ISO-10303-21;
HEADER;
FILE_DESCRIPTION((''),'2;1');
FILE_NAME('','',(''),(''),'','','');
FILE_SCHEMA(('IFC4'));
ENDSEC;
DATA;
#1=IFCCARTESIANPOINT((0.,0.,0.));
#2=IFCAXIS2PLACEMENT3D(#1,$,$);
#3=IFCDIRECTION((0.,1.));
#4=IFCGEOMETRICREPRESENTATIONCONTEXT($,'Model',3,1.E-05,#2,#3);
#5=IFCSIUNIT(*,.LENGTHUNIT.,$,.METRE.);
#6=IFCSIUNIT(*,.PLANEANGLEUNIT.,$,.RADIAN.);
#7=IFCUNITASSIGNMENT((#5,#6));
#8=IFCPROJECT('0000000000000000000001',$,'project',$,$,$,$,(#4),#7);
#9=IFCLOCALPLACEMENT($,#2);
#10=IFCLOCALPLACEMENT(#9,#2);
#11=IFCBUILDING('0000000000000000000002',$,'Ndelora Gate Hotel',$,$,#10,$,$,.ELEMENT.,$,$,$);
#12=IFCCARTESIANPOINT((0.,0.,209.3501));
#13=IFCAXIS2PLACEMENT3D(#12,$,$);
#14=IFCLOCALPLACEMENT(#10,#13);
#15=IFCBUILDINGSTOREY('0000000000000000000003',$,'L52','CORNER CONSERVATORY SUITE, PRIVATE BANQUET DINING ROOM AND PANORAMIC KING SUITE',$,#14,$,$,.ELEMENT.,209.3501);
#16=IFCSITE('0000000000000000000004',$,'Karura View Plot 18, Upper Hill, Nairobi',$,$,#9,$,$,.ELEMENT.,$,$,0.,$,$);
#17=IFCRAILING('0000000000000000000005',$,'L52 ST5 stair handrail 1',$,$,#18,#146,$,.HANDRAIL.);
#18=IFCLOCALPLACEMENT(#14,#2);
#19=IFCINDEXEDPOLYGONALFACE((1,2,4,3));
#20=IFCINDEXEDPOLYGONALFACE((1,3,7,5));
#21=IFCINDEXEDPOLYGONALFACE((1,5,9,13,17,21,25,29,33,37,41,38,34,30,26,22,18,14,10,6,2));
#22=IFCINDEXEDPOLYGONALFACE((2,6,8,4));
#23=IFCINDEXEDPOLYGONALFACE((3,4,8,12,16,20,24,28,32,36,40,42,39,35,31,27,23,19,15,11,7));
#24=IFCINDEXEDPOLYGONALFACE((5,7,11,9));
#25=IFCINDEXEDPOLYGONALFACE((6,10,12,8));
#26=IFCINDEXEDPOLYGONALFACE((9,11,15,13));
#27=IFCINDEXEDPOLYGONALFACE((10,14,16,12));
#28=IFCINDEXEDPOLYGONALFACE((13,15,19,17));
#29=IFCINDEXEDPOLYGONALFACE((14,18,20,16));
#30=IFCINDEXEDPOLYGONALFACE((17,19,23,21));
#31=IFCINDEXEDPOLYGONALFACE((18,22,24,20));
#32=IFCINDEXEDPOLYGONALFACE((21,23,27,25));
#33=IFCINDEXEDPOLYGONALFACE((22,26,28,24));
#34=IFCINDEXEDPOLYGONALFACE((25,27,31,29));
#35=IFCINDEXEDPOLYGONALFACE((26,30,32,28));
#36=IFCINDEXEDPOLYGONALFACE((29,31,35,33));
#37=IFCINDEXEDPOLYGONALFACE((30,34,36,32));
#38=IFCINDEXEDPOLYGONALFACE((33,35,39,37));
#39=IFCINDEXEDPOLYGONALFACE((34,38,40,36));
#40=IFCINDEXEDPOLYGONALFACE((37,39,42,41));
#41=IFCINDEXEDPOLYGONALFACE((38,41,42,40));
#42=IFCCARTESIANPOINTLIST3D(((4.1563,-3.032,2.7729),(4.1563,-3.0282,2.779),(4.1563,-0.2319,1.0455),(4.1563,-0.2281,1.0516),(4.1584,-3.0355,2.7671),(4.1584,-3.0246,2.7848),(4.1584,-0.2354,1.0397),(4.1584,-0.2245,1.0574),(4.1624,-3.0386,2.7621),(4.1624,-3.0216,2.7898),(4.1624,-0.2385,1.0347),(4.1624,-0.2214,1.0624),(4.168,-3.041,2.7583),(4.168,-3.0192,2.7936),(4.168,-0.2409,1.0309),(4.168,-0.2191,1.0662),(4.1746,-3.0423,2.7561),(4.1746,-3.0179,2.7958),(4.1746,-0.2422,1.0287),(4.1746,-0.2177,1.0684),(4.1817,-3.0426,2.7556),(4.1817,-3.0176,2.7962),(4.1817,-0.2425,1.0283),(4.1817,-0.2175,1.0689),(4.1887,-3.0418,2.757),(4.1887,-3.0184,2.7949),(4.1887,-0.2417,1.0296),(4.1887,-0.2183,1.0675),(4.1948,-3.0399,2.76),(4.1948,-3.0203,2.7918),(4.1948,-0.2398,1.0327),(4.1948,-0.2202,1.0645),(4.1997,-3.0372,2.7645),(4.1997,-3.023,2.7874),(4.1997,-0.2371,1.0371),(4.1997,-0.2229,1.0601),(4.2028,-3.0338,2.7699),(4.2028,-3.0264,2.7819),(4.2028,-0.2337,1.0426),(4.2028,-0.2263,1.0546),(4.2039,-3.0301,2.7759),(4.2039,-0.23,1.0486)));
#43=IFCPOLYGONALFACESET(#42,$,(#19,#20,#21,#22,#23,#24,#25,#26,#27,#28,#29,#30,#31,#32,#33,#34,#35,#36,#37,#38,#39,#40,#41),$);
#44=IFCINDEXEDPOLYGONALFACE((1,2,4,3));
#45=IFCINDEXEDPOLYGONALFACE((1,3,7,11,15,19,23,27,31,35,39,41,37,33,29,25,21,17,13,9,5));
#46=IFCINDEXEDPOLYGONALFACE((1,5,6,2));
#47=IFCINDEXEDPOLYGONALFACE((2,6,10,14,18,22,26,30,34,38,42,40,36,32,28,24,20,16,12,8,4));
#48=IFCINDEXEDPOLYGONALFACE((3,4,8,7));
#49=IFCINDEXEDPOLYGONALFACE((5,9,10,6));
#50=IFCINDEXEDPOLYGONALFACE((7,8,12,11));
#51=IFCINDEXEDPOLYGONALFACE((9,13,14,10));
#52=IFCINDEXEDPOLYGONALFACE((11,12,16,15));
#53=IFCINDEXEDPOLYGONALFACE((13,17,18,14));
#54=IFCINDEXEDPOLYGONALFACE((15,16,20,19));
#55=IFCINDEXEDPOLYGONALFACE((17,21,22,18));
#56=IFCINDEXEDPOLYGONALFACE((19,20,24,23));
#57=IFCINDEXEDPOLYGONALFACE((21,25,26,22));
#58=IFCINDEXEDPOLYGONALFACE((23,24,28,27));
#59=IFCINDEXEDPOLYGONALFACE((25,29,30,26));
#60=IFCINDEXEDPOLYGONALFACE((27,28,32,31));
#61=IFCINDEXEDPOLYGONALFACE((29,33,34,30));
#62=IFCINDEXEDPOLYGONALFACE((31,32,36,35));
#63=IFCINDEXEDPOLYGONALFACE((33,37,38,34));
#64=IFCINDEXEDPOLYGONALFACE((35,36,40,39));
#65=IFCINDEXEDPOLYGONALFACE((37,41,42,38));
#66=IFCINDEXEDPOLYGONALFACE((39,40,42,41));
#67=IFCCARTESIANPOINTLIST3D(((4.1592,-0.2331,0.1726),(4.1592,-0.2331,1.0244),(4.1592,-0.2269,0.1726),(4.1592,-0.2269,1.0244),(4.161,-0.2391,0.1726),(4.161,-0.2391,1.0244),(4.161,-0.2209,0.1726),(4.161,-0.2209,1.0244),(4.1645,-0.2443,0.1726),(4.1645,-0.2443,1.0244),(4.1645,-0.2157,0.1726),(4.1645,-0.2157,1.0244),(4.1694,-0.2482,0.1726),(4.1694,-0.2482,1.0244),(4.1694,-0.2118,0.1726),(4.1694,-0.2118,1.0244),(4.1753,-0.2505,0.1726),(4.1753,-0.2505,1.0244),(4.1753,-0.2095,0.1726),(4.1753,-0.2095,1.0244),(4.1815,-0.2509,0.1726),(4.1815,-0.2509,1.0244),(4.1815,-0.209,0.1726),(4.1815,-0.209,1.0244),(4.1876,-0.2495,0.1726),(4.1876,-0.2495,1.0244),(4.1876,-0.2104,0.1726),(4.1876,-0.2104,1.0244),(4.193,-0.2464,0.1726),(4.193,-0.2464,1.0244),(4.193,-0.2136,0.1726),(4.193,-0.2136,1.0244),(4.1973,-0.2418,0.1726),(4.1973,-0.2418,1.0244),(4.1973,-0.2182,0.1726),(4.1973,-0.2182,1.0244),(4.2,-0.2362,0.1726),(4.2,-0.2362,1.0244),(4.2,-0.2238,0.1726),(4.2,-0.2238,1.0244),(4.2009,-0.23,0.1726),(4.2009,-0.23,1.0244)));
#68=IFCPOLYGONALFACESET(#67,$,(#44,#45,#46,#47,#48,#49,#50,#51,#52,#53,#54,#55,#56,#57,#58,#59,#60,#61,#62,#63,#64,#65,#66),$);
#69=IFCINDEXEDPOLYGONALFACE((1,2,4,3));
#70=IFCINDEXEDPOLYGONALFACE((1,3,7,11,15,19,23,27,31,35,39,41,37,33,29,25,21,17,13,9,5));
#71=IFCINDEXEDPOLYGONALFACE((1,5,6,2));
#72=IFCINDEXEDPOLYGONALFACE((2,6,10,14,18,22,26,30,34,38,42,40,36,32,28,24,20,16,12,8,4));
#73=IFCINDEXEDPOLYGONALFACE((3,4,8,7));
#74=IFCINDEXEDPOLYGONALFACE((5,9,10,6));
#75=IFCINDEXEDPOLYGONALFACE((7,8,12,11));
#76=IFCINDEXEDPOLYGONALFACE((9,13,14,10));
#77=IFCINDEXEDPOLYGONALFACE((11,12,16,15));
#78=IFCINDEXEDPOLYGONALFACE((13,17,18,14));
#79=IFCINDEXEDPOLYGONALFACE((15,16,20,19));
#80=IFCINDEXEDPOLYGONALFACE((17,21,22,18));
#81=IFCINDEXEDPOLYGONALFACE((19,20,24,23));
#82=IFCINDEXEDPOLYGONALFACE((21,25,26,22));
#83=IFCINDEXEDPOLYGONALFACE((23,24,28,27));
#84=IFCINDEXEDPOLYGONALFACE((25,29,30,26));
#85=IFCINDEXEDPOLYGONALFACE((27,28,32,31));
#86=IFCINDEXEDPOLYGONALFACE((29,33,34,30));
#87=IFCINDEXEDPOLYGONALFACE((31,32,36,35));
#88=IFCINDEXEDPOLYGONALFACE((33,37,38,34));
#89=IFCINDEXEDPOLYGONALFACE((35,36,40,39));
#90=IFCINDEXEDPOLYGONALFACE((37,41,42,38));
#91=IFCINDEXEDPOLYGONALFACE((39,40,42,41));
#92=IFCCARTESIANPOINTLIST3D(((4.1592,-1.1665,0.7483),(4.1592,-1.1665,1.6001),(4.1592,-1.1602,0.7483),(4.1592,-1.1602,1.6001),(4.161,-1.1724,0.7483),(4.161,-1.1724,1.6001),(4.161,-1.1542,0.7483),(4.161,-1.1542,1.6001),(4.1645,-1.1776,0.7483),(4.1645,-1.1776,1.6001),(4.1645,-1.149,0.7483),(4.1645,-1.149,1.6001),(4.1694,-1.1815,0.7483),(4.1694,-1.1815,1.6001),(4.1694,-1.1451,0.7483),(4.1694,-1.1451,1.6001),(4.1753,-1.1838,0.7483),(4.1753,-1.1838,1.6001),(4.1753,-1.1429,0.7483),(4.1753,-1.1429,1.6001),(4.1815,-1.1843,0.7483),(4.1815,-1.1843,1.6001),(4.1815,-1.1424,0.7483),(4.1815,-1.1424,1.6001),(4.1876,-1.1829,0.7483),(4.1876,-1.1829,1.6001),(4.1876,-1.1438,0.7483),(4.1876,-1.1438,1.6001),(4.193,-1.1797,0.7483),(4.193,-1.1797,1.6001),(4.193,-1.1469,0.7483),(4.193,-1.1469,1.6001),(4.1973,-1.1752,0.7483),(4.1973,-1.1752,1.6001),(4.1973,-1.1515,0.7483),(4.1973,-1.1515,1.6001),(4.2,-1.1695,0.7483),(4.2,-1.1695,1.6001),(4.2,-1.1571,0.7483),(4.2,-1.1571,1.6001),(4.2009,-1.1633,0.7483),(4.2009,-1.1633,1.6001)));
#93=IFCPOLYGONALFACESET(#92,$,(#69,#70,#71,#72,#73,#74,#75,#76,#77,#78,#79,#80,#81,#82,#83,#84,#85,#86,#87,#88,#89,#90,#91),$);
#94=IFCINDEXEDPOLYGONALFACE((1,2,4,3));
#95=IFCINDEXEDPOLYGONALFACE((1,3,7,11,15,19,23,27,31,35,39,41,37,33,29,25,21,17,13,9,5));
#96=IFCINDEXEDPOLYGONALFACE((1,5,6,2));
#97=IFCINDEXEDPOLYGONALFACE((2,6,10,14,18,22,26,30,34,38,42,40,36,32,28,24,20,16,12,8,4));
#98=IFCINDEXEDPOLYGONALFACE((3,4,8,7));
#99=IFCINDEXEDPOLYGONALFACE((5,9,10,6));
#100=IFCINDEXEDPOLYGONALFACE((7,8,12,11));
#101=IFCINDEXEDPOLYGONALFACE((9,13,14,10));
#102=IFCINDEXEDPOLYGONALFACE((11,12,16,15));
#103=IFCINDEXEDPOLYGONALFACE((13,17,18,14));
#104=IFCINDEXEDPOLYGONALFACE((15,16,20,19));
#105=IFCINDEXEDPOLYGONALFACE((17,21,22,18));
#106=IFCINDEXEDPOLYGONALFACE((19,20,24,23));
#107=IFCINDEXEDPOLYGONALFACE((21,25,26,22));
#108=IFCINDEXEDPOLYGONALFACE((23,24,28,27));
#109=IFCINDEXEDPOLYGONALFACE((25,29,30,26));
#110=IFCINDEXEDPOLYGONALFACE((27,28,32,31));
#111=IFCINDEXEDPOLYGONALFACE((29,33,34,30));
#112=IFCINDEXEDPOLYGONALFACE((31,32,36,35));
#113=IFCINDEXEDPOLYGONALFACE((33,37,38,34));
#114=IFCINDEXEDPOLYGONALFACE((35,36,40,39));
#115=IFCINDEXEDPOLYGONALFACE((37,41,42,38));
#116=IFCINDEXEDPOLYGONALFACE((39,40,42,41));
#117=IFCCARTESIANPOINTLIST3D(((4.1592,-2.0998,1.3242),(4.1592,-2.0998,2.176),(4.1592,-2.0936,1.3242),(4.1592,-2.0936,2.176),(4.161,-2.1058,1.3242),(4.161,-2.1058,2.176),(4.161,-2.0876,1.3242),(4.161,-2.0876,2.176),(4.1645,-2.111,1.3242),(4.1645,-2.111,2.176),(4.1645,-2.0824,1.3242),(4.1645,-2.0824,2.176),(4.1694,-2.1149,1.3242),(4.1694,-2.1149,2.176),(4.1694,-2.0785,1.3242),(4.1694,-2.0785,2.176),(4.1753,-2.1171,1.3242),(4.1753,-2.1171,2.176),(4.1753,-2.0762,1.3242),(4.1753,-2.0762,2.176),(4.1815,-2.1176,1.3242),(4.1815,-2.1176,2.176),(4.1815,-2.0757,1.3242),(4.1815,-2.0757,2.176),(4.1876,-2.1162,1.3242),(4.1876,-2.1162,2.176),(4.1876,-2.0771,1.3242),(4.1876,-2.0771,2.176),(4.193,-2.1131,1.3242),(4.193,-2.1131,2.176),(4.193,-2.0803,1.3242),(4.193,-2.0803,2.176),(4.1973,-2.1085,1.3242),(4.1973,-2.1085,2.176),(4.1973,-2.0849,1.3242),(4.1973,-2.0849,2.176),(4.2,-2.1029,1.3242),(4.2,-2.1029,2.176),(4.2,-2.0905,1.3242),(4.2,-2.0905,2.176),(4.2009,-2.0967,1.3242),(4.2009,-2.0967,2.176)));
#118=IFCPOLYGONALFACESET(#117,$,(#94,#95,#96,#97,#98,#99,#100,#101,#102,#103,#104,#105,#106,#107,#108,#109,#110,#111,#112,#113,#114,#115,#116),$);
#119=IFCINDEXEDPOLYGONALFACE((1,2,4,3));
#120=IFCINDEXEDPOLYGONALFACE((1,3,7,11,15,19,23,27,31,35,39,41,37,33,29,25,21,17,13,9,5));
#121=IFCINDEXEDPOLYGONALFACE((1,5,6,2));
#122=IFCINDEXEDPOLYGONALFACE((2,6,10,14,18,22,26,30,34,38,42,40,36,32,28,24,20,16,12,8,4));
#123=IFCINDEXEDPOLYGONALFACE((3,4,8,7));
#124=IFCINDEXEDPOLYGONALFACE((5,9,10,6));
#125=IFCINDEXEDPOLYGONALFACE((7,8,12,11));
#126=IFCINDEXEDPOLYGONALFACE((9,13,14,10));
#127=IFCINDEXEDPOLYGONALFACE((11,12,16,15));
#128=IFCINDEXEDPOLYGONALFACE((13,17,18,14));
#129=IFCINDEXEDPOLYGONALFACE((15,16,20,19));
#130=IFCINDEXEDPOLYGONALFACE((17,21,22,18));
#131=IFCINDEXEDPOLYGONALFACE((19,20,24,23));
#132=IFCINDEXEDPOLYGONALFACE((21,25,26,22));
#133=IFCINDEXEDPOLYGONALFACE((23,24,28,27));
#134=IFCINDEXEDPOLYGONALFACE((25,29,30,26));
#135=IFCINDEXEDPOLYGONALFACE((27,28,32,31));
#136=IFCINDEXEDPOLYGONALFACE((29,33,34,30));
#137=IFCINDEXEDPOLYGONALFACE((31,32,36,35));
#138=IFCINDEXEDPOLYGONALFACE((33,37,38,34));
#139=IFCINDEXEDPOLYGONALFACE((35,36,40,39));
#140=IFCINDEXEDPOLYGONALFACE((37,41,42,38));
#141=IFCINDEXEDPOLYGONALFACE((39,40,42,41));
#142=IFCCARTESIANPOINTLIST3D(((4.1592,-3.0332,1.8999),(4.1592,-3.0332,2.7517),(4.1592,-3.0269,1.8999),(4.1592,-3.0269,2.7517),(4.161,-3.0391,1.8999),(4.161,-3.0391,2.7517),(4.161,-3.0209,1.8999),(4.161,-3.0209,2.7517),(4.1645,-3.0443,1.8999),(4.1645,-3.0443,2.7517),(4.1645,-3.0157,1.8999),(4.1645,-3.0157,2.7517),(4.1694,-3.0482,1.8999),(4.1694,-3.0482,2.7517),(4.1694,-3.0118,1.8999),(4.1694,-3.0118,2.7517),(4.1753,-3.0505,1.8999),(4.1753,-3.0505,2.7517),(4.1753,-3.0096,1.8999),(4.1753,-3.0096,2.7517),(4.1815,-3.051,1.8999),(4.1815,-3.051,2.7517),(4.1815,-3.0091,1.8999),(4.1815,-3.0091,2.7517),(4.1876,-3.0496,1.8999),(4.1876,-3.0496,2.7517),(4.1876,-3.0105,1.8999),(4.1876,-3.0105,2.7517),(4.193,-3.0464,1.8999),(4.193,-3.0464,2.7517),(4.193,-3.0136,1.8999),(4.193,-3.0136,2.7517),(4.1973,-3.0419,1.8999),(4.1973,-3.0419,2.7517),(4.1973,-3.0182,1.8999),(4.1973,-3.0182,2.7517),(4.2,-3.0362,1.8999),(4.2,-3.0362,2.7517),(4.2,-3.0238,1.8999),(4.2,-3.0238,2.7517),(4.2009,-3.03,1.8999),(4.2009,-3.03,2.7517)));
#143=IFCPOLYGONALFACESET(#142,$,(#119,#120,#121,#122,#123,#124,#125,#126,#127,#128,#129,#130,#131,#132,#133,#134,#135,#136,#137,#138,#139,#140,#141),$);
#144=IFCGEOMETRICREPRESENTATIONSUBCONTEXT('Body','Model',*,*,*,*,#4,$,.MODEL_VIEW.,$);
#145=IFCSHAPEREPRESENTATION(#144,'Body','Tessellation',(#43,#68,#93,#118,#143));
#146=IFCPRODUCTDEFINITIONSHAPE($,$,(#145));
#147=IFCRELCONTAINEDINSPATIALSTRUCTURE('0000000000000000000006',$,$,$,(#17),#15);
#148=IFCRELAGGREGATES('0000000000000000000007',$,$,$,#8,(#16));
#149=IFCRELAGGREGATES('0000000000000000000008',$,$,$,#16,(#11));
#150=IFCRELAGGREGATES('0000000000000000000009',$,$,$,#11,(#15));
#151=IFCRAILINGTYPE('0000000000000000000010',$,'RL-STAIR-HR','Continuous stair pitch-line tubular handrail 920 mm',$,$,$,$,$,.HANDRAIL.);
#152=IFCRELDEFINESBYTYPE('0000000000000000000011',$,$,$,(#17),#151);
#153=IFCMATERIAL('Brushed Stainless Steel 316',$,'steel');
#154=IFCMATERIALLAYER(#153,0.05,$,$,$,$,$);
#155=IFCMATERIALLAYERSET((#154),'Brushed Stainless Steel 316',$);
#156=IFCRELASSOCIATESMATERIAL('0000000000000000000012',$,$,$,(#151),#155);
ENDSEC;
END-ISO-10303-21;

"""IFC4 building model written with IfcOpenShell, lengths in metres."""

from ifc_helpers import new_model, si_unit, direction, frame, origin, origin_2d, place, context, subcontext, project, spatial, circle, extrude, material, layer, layer_set, type_object, element, save


model = new_model("IFC4")

# Units and contexts
model_context = context("Model", 3, precision=1e-05, world=origin(), true_north=direction((0.0, 1.0)))
body_context = subcontext(model_context, "Body", "Model", "MODEL_VIEW")
ifc_project = project(units=[si_unit("LENGTHUNIT", "METRE"), si_unit("PLANEANGLEUNIT", "RADIAN")], contexts=[model_context])

# Site, building, storey
site_placement = place(None, origin())
site = spatial("IfcSite", under=ifc_project, at=site_placement, Name="Karura View Plot 18, Upper Hill, Nairobi", CompositionType="ELEMENT", RefElevation=0.0)
building_placement = place(site_placement, origin())
building = spatial("IfcBuilding", under=site, at=building_placement, Name="Ndelora Gate Hotel", CompositionType="ELEMENT")
storey_placement = place(building_placement, frame((0.0, 0.0, 209.3501)))
storey = spatial("IfcBuildingStorey", under=building, at=storey_placement, Name="L52", Description="CORNER CONSERVATORY SUITE, PRIVATE BANQUET DINING ROOM AND PANORAMIC KING SUITE", CompositionType="ELEMENT", Elevation=209.3501)

# Railing
ifc_material_1 = material(Name="Brushed Stainless Steel 316", Category="steel")
ifc_layer_1 = layer(ifc_material_1, 0.05)
ifc_layer_set_1 = layer_set([ifc_layer_1], Name="Brushed Stainless Steel 316")
railing_type_1 = type_object("IfcRailingType", Name="RL-STAIR-HR", Description="Continuous stair pitch-line tubular handrail 920 mm", PredefinedType="HANDRAIL", material=ifc_layer_set_1)
railing_1_placement = place(storey_placement, frame((4.1799, -0.23, 0.1726)))
element("IfcRailing", 1, at=railing_1_placement, inside=storey, type_object=railing_type_1, Name="L52 ST5 stair handrail 1", PredefinedType="HANDRAIL", context=body_context, shape_type="SweptSolid", body=[
    extrude(circle(Radius=0.0239, at=origin_2d()), frame((0.0, 0.0, 0.876), z_axis=(0.0, -0.85109, 0.52502), x_axis=(1.0, 0.0, 0.0)), (0.0, 0.0, 1.0), 3.29),
    extrude(circle(Radius=0.021, at=origin_2d()), origin(), (0.0, 0.0, 1.0), 0.8518),
    extrude(circle(Radius=0.021, at=origin_2d()), frame((0.0, -0.9333, 0.5757)), (0.0, 0.0, 1.0), 0.8518),
    extrude(circle(Radius=0.021, at=origin_2d()), frame((0.0, -1.8667, 1.1516)), (0.0, 0.0, 1.0), 0.8518),
    extrude(circle(Radius=0.021, at=origin_2d()), frame((0.0, -2.8, 1.7273)), (0.0, 0.0, 1.0), 0.8518),
])

save(model, "model.ifc")
